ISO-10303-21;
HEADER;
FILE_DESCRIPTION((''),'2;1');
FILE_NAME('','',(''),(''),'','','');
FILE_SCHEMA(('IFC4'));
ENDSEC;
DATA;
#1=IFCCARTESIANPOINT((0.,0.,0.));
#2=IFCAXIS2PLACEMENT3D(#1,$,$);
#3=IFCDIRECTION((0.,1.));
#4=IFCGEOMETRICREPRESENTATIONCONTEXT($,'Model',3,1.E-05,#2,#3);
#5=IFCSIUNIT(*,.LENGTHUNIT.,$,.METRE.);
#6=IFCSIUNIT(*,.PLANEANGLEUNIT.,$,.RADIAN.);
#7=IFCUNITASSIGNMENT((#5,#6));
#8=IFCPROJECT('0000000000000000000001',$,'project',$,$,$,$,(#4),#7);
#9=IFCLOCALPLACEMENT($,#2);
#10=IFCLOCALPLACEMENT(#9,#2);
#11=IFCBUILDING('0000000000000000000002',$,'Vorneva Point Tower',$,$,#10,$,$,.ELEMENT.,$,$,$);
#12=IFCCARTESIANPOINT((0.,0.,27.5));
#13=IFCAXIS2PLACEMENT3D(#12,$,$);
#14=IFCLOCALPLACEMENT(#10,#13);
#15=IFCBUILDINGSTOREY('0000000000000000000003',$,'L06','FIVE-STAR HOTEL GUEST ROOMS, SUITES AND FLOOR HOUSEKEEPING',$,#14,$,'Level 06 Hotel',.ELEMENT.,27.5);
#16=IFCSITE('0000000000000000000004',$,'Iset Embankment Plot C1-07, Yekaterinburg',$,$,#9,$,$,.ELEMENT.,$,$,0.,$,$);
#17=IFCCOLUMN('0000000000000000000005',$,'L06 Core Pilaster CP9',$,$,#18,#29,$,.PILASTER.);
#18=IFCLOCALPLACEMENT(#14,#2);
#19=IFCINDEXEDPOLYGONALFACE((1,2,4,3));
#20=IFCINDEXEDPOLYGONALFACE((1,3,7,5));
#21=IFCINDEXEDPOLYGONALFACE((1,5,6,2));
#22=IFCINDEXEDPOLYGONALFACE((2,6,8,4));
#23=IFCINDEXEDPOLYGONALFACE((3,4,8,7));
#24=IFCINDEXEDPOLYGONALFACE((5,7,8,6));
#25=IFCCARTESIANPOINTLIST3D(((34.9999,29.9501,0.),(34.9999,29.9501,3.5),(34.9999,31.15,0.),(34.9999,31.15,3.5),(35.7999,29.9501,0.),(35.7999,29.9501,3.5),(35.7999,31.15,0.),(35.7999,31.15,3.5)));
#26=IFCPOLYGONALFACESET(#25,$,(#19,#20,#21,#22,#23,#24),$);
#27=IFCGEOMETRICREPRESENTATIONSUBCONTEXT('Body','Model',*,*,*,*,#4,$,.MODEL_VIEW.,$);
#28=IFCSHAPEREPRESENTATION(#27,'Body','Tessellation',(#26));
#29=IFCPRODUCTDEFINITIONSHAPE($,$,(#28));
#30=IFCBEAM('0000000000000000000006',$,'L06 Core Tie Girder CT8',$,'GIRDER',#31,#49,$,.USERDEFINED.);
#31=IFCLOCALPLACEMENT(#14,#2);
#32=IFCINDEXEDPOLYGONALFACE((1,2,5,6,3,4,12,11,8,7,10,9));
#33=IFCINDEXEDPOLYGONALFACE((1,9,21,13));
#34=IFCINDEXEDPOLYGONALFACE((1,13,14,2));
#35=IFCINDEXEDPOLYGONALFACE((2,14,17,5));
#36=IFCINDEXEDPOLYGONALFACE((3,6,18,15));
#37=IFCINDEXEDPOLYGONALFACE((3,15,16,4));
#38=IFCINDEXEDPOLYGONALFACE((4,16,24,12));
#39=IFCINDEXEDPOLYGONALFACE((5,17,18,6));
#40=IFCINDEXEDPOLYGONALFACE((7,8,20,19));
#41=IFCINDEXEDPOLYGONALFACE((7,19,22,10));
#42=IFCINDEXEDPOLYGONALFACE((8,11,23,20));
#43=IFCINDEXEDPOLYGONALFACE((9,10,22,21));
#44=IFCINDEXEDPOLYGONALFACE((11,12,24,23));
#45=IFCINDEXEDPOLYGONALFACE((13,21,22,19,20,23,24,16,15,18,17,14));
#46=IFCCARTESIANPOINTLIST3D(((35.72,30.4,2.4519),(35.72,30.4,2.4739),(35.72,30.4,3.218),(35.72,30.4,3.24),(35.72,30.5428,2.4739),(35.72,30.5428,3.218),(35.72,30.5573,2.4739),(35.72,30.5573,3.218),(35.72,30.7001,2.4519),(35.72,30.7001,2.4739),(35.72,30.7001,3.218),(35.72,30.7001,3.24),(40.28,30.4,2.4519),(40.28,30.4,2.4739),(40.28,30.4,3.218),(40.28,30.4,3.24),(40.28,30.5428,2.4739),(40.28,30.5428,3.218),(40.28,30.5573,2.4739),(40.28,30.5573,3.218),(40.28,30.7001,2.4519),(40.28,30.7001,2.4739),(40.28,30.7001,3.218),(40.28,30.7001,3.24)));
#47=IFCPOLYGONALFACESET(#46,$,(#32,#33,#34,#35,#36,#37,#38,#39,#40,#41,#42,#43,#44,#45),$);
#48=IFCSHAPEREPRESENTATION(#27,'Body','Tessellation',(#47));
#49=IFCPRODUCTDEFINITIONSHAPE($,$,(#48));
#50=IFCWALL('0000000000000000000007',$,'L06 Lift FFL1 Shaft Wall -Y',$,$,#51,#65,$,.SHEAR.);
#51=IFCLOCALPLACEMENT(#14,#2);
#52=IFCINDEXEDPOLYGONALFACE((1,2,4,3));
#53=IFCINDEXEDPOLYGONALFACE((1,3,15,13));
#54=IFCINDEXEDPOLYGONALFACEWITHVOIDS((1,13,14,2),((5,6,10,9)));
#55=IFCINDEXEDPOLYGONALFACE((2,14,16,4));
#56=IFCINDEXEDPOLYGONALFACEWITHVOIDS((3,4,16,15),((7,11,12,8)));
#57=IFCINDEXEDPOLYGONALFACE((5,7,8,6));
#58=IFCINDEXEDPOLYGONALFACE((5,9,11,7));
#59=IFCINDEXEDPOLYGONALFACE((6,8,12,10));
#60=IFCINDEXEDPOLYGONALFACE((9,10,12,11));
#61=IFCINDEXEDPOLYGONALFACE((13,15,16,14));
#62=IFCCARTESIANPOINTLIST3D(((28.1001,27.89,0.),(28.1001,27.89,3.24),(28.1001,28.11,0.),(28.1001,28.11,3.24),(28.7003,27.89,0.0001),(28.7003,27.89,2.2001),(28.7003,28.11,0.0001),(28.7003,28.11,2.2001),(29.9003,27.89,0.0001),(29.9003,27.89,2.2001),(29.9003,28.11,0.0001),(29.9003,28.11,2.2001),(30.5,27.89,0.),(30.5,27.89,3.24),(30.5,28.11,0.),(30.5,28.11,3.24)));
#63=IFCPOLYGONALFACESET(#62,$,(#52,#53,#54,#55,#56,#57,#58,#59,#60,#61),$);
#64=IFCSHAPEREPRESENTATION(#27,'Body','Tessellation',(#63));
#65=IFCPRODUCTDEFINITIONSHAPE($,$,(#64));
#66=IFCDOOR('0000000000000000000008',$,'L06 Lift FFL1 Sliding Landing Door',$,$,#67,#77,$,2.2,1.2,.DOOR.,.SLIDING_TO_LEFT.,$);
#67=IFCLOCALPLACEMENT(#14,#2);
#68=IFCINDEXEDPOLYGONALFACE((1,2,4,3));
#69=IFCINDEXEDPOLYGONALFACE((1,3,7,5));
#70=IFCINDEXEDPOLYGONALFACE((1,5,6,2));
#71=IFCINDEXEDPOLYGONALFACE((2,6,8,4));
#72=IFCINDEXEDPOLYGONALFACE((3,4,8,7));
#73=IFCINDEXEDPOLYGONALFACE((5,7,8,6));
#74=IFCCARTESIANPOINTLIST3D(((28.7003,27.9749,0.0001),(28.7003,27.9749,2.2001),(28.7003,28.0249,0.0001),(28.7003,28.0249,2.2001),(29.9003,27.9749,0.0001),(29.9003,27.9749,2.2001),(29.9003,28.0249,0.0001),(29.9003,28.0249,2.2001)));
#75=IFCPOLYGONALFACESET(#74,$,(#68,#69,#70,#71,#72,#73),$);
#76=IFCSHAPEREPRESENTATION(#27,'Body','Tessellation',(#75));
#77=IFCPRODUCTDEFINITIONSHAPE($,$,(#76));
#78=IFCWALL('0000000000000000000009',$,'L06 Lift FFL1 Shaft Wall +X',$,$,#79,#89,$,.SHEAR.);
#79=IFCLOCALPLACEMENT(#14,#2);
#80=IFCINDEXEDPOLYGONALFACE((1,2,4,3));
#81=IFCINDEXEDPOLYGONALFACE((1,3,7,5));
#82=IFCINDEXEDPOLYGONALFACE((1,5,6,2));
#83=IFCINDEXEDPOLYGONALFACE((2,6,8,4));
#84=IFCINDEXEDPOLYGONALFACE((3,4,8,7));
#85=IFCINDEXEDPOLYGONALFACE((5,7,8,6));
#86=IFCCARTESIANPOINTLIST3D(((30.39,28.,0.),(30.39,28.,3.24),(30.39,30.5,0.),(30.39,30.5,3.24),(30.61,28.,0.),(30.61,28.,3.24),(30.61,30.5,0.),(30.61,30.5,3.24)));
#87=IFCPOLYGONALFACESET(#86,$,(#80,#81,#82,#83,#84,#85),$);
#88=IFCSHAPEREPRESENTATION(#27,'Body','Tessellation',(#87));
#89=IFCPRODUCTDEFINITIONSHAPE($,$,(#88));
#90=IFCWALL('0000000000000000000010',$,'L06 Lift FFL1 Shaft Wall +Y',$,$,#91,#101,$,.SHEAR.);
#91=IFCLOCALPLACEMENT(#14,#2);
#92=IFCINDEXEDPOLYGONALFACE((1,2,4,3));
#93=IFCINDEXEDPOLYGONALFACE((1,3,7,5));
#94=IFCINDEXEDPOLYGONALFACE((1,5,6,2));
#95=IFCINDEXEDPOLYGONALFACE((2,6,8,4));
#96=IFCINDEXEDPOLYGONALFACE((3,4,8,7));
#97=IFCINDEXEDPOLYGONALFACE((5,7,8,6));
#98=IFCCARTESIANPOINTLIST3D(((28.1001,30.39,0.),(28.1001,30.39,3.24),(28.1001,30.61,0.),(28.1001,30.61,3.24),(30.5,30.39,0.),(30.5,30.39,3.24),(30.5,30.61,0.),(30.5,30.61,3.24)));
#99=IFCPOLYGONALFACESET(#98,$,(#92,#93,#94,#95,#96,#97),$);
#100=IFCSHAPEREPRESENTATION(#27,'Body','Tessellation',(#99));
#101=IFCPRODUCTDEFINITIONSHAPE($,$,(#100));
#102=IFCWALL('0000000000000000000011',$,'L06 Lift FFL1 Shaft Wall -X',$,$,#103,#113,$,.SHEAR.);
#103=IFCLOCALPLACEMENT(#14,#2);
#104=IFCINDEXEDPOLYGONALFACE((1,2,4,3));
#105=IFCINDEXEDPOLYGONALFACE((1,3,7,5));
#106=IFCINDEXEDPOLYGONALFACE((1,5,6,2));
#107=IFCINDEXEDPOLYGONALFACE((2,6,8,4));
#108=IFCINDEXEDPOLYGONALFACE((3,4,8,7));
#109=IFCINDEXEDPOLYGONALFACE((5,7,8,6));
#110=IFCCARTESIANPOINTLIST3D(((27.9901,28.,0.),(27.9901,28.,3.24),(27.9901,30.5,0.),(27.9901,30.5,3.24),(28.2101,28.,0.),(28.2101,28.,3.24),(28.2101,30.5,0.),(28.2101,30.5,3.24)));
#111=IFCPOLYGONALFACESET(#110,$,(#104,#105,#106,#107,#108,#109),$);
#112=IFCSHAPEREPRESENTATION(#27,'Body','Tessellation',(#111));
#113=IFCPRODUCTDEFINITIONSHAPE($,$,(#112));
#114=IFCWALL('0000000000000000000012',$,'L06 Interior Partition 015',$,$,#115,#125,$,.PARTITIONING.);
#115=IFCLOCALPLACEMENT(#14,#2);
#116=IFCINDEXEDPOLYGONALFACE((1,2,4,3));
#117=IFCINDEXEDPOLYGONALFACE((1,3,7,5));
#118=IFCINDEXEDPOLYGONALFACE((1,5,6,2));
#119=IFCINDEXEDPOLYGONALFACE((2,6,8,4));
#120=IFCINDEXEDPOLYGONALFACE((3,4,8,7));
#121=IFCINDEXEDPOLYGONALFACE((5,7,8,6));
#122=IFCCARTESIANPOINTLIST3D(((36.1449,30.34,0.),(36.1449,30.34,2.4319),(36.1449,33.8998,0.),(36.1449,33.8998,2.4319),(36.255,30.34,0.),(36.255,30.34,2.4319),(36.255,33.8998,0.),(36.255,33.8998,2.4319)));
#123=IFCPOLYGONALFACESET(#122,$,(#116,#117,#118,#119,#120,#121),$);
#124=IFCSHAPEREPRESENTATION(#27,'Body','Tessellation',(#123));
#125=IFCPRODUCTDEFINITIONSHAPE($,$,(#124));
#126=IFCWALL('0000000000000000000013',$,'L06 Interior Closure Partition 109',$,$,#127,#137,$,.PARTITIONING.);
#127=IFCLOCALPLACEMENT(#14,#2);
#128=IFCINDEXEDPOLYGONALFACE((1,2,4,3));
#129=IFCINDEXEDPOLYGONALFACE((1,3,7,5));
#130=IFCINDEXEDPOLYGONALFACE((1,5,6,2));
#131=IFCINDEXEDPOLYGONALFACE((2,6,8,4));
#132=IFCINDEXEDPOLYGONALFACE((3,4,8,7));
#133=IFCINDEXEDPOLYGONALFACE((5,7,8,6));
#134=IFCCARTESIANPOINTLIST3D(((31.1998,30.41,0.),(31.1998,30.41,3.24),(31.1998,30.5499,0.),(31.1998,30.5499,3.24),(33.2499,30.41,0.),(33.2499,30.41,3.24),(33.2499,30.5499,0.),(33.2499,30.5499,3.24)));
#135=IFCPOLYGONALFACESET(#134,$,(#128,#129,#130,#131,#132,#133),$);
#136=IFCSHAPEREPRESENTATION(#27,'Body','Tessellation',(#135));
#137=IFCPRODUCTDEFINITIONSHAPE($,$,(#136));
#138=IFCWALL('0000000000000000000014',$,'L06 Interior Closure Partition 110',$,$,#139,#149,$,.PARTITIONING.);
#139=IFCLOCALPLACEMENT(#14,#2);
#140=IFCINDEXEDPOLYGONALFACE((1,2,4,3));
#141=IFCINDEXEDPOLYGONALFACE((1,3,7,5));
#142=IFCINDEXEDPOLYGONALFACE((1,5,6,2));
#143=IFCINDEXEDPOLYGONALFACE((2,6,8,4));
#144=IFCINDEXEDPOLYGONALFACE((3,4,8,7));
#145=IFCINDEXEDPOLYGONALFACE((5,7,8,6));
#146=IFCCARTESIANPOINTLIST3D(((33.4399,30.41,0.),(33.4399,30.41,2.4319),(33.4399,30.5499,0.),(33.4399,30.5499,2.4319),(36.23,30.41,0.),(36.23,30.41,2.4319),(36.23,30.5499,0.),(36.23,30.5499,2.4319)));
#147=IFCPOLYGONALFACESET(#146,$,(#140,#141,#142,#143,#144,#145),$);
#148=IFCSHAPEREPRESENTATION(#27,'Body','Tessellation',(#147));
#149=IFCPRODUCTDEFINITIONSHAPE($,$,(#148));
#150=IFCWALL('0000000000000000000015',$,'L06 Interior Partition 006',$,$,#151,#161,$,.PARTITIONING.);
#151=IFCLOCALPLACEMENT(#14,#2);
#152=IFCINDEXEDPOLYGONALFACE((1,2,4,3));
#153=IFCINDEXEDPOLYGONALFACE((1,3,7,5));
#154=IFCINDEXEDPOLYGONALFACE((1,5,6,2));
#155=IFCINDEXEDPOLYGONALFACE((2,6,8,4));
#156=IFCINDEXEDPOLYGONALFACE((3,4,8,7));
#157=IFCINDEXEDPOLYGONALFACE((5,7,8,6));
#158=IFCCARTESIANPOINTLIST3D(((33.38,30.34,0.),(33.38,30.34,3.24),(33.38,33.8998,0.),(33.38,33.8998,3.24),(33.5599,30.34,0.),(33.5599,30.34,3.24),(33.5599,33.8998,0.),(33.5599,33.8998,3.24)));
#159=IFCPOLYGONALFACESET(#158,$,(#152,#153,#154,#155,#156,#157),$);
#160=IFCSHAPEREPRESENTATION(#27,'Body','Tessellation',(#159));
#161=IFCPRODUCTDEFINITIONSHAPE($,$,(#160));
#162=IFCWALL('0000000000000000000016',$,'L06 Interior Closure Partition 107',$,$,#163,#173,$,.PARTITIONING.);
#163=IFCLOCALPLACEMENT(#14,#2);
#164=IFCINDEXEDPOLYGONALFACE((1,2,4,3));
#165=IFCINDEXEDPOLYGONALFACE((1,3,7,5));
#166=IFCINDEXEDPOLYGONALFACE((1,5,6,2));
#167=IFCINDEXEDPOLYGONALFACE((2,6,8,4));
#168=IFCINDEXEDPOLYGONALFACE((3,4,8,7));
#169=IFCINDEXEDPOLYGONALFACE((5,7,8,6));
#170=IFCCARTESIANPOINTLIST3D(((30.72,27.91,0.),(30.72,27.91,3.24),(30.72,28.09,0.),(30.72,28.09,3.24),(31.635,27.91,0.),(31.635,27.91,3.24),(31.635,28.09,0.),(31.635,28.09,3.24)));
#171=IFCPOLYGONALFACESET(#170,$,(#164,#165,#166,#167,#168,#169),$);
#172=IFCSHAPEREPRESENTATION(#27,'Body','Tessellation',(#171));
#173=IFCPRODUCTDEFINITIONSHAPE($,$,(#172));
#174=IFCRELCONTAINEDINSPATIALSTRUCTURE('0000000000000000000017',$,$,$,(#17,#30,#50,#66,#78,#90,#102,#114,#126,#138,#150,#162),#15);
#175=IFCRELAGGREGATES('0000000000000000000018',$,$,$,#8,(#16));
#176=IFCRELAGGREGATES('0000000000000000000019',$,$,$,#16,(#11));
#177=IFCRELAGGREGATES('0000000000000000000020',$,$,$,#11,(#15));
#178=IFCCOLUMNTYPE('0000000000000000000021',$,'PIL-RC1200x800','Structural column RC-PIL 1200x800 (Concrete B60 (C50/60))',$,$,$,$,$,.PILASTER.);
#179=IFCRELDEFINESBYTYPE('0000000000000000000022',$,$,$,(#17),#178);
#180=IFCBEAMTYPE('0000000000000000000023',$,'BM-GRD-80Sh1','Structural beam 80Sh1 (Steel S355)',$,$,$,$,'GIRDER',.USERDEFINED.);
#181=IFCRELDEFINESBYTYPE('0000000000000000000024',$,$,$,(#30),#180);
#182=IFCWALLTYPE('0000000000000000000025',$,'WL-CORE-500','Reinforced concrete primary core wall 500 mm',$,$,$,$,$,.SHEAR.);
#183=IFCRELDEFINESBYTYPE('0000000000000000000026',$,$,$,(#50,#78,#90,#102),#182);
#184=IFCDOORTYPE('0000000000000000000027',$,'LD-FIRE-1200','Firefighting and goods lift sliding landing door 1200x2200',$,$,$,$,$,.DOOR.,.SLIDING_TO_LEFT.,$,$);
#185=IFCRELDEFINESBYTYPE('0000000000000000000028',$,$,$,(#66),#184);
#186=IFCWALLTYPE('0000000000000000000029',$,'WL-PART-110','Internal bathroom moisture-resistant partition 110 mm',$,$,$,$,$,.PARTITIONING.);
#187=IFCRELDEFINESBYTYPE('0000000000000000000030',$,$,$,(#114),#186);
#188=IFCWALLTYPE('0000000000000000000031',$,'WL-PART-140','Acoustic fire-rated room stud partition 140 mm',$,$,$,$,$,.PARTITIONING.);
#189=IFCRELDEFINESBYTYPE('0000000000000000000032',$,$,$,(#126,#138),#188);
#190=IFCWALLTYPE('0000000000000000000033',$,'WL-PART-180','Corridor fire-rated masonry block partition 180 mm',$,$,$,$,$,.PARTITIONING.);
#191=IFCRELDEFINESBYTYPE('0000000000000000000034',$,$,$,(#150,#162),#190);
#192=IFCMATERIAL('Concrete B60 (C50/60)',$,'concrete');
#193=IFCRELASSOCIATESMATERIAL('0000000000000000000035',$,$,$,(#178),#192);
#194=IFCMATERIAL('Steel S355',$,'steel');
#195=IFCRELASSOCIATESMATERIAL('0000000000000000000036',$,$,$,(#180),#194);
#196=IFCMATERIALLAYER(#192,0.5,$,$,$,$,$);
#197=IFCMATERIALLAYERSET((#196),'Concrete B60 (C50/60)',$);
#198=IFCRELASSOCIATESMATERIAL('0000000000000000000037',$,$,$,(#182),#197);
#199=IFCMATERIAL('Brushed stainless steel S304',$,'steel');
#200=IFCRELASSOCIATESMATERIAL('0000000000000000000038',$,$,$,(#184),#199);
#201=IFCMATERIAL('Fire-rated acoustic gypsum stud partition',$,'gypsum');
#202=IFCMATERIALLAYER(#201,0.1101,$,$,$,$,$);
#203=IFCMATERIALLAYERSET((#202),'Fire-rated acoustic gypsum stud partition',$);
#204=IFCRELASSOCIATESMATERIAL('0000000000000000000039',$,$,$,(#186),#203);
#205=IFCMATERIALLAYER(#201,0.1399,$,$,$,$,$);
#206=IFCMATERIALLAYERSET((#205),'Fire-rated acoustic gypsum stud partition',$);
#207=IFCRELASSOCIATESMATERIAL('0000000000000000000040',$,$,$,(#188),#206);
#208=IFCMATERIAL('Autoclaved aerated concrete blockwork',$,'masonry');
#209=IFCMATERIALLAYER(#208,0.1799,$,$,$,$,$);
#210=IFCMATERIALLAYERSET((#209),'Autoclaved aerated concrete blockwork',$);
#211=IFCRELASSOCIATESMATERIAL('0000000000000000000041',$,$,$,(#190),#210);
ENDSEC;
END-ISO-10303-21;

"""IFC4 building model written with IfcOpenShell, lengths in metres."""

from ifc_helpers import new_model, si_unit, direction, frame, frame_2d, origin, origin_2d, place, context, subcontext, project, spatial, rectangle, i_section, extrude, material, layer, layer_set, material_profile, profile_set, type_object, element, fill, save


model = new_model("IFC4")

# Units and contexts
model_context = context("Model", 3, precision=1e-05, world=origin(), true_north=direction((0.0, 1.0)))
body_context = subcontext(model_context, "Body", "Model", "MODEL_VIEW")
ifc_project = project(units=[si_unit("LENGTHUNIT", "METRE"), si_unit("PLANEANGLEUNIT", "RADIAN")], contexts=[model_context])

# Site, building, storey
site_placement = place(None, origin())
site = spatial("IfcSite", under=ifc_project, at=site_placement, Name="Iset Embankment Plot C1-07, Yekaterinburg", CompositionType="ELEMENT", RefElevation=0.0)
building_placement = place(site_placement, origin())
building = spatial("IfcBuilding", under=site, at=building_placement, Name="Vorneva Point Tower", CompositionType="ELEMENT")
storey_placement = place(building_placement, frame((0.0, 0.0, 27.5)))
storey = spatial("IfcBuildingStorey", under=building, at=storey_placement, Name="L06", Description="FIVE-STAR HOTEL GUEST ROOMS, SUITES AND FLOOR HOUSEKEEPING", LongName="Level 06 Hotel", CompositionType="ELEMENT", Elevation=27.5)

# Column
ifc_material_1 = material(Name="Concrete B60 (C50/60)", Category="concrete")
ifc_material_profile_1 = material_profile(ifc_material_1, rectangle(XDim=0.8, YDim=1.2, at=origin_2d()), Name="RC-PIL 1200x800")
ifc_profile_set_1 = profile_set([ifc_material_profile_1], Name="Concrete B60 (C50/60)")
column_type = type_object("IfcColumnType", Name="PIL-RC1200x800", Description="Structural column RC-PIL 1200x800 (Concrete B60 (C50/60))", PredefinedType="PILASTER", material=ifc_profile_set_1)
column_placement = place(storey_placement, frame((35.3999, 30.55, 0.0), z_axis=(0.0, 0.0, 1.0), x_axis=(1.0, 0.0, 0.0)))
element("IfcColumn", 1, at=column_placement, inside=storey, type_object=column_type, Name="L06 Core Pilaster CP9", PredefinedType="PILASTER", context=body_context, shape_type="SweptSolid", body=[
    extrude(rectangle(XDim=0.8, YDim=1.2, at=origin_2d()), origin(), (0.0, 0.0, 1.0), 3.5),
])

# Beam
ifc_material_2 = material(Name="Steel S355", Category="steel")
ifc_material_profile_2 = material_profile(ifc_material_2, i_section(OverallWidth=0.3, OverallDepth=0.7881, WebThickness=0.0144, FlangeThickness=0.022, at=origin_2d()), Name="80Sh1")
ifc_profile_set_2 = profile_set([ifc_material_profile_2], Name="Steel S355")
beam_type = type_object("IfcBeamType", Name="BM-GRD-80Sh1", Description="Structural beam 80Sh1 (Steel S355)", ElementType="GIRDER", PredefinedType="USERDEFINED", material=ifc_profile_set_2)
beam_placement = place(storey_placement, frame((35.72, 30.55, 2.8459), z_axis=(1.0, 0.0, 0.0), x_axis=(0.0, 1.0, 0.0)))
element("IfcBeam", 2, at=beam_placement, inside=storey, type_object=beam_type, Name="L06 Core Tie Girder CT8", ObjectType="GIRDER", PredefinedType="USERDEFINED", context=body_context, shape_type="SweptSolid", body=[
    extrude(i_section(OverallWidth=0.3, OverallDepth=0.7881, WebThickness=0.0144, FlangeThickness=0.022, at=origin_2d()), origin(), (0.0, 0.0, 1.0), 4.5601),
])

# Wall, opening, door
ifc_layer_1 = layer(ifc_material_1, 0.5)
ifc_layer_set_1 = layer_set([ifc_layer_1], Name="Concrete B60 (C50/60)")
wall_type_1 = type_object("IfcWallType", Name="WL-CORE-500", Description="Reinforced concrete primary core wall 500 mm", PredefinedType="SHEAR", material=ifc_layer_set_1)
wall_1_placement = place(storey_placement, frame((28.1001, 28.0, 0.0), z_axis=(0.0, 0.0, 1.0), x_axis=(1.0, 0.0, 0.0)))
wall_1 = element("IfcWall", 3, at=wall_1_placement, inside=storey, type_object=wall_type_1, Name="L06 Lift FFL1 Shaft Wall -Y", PredefinedType="SHEAR", context=body_context, shape_type="SweptSolid", body=[
    extrude(rectangle(XDim=2.3999, YDim=0.22, at=frame_2d((1.2, 0.0))), origin(), (0.0, 0.0, 1.0), 3.24),
])
opening_1_placement = place(wall_1_placement, frame((0.6001, 0.0, 0.0)))
opening_1 = element("IfcOpeningElement", 4, at=opening_1_placement, cuts=wall_1, PredefinedType="OPENING", context=body_context, shape_type="SweptSolid", body=[
    extrude(rectangle(XDim=1.2, YDim=2.2, at=frame_2d((0.6001, 1.1001))), frame((0.0, 0.125, 0.0), z_axis=(0.0, -1.0, 0.0), x_axis=(1.0, 0.0, 0.0)), (0.0, 0.0, 1.0), 0.2498),
])
ifc_material_3 = material(Name="Brushed stainless steel S304", Category="steel")
door_type_1 = type_object("IfcDoorType", Name="LD-FIRE-1200", Description="Firefighting and goods lift sliding landing door 1200x2200", OperationType="SLIDING_TO_LEFT", PredefinedType="DOOR", material=ifc_material_3)
door_1_placement = place(opening_1_placement, origin())
door_1 = element("IfcDoor", 5, at=door_1_placement, inside=storey, type_object=door_type_1, Name="L06 Lift FFL1 Sliding Landing Door", OperationType="SLIDING_TO_LEFT", OverallHeight=2.2, OverallWidth=1.2, PredefinedType="DOOR", context=body_context, shape_type="SweptSolid", body=[
    extrude(rectangle(XDim=1.2, YDim=2.2, at=frame_2d((0.6001, 1.1001))), frame((0.0, 0.0249, 0.0), z_axis=(0.0, -1.0, 0.0), x_axis=(1.0, 0.0, 0.0)), (0.0, 0.0, 1.0), 0.05),
])
fill(opening_1, door_1)

# Walls
wall_2_placement = place(storey_placement, frame((30.5, 28.0, 0.0), z_axis=(0.0, 0.0, 1.0), x_axis=(0.0, 1.0, 0.0)))
element("IfcWall", 6, at=wall_2_placement, inside=storey, type_object=wall_type_1, Name="L06 Lift FFL1 Shaft Wall +X", PredefinedType="SHEAR", context=body_context, shape_type="SweptSolid", body=[
    extrude(rectangle(XDim=2.5, YDim=0.22, at=frame_2d((1.25, 0.0))), origin(), (0.0, 0.0, 1.0), 3.24),
])
wall_3_placement = place(storey_placement, frame((30.5, 30.5, 0.0), z_axis=(0.0, 0.0, 1.0), x_axis=(-1.0, 0.0, 0.0)))
element("IfcWall", 7, at=wall_3_placement, inside=storey, type_object=wall_type_1, Name="L06 Lift FFL1 Shaft Wall +Y", PredefinedType="SHEAR", context=body_context, shape_type="SweptSolid", body=[
    extrude(rectangle(XDim=2.3999, YDim=0.22, at=frame_2d((1.2, 0.0))), origin(), (0.0, 0.0, 1.0), 3.24),
])
wall_4_placement = place(storey_placement, frame((28.1001, 30.5, 0.0), z_axis=(0.0, 0.0, 1.0), x_axis=(0.0, -1.0, 0.0)))
element("IfcWall", 8, at=wall_4_placement, inside=storey, type_object=wall_type_1, Name="L06 Lift FFL1 Shaft Wall -X", PredefinedType="SHEAR", context=body_context, shape_type="SweptSolid", body=[
    extrude(rectangle(XDim=2.5, YDim=0.22, at=frame_2d((1.25, 0.0))), origin(), (0.0, 0.0, 1.0), 3.24),
])
ifc_material_4 = material(Name="Fire-rated acoustic gypsum stud partition", Category="gypsum")
ifc_layer_2 = layer(ifc_material_4, 0.1101)
ifc_layer_set_2 = layer_set([ifc_layer_2], Name="Fire-rated acoustic gypsum stud partition")
wall_type_2 = type_object("IfcWallType", Name="WL-PART-110", Description="Internal bathroom moisture-resistant partition 110 mm", PredefinedType="PARTITIONING", material=ifc_layer_set_2)
wall_5_placement = place(storey_placement, frame((36.2, 30.3401, 0.0), z_axis=(0.0, 0.0, 1.0), x_axis=(0.0, 1.0, 0.0)))
element("IfcWall", 9, at=wall_5_placement, inside=storey, type_object=wall_type_2, Name="L06 Interior Partition 015", PredefinedType="PARTITIONING", context=body_context, shape_type="SweptSolid", body=[
    extrude(rectangle(XDim=3.5598, YDim=0.1101, at=frame_2d((1.7798, 0.0))), origin(), (0.0, 0.0, 1.0), 2.4319),
])
ifc_layer_3 = layer(ifc_material_4, 0.1399)
ifc_layer_set_3 = layer_set([ifc_layer_3], Name="Fire-rated acoustic gypsum stud partition")
wall_type_3 = type_object("IfcWallType", Name="WL-PART-140", Description="Acoustic fire-rated room stud partition 140 mm", PredefinedType="PARTITIONING", material=ifc_layer_set_3)
wall_6_placement = place(storey_placement, frame((31.2, 30.48, 0.0), z_axis=(0.0, 0.0, 1.0), x_axis=(1.0, 0.0, 0.0)))
element("IfcWall", 10, at=wall_6_placement, inside=storey, type_object=wall_type_3, Name="L06 Interior Closure Partition 109", PredefinedType="PARTITIONING", context=body_context, shape_type="SweptSolid", body=[
    extrude(rectangle(XDim=2.05, YDim=0.1399, at=frame_2d((1.0249, 0.0))), origin(), (0.0, 0.0, 1.0), 3.24),
])
wall_7_placement = place(storey_placement, frame((33.4399, 30.48, 0.0), z_axis=(0.0, 0.0, 1.0), x_axis=(1.0, 0.0, 0.0)))
element("IfcWall", 11, at=wall_7_placement, inside=storey, type_object=wall_type_3, Name="L06 Interior Closure Partition 110", PredefinedType="PARTITIONING", context=body_context, shape_type="SweptSolid", body=[
    extrude(rectangle(XDim=2.79, YDim=0.1399, at=frame_2d((1.395, 0.0))), origin(), (0.0, 0.0, 1.0), 2.4319),
])

# Shared definitions
ifc_material_5 = material(Name="Autoclaved aerated concrete blockwork", Category="masonry")
ifc_layer_4 = layer(ifc_material_5, 0.1799)
ifc_layer_set_4 = layer_set([ifc_layer_4], Name="Autoclaved aerated concrete blockwork")
wall_type_4 = type_object("IfcWallType", Name="WL-PART-180", Description="Corridor fire-rated masonry block partition 180 mm", PredefinedType="PARTITIONING", material=ifc_layer_set_4)

# Walls
wall_8_placement = place(storey_placement, frame((33.47, 30.3401, 0.0), z_axis=(0.0, 0.0, 1.0), x_axis=(0.0, 1.0, 0.0)))
element("IfcWall", 12, at=wall_8_placement, inside=storey, type_object=wall_type_4, Name="L06 Interior Partition 006", PredefinedType="PARTITIONING", context=body_context, shape_type="SweptSolid", body=[
    extrude(rectangle(XDim=3.5598, YDim=0.1799, at=frame_2d((1.7798, 0.0))), origin(), (0.0, 0.0, 1.0), 3.24),
])
wall_9_placement = place(storey_placement, frame((31.635, 28.0, 0.0), z_axis=(0.0, 0.0, 1.0), x_axis=(-1.0, 0.0, 0.0)))
element("IfcWall", 13, at=wall_9_placement, inside=storey, type_object=wall_type_4, Name="L06 Interior Closure Partition 107", PredefinedType="PARTITIONING", context=body_context, shape_type="SweptSolid", body=[
    extrude(rectangle(XDim=0.915, YDim=0.1799, at=frame_2d((0.4575, 0.0))), origin(), (0.0, 0.0, 1.0), 3.24),
])

save(model, "model.ifc")
